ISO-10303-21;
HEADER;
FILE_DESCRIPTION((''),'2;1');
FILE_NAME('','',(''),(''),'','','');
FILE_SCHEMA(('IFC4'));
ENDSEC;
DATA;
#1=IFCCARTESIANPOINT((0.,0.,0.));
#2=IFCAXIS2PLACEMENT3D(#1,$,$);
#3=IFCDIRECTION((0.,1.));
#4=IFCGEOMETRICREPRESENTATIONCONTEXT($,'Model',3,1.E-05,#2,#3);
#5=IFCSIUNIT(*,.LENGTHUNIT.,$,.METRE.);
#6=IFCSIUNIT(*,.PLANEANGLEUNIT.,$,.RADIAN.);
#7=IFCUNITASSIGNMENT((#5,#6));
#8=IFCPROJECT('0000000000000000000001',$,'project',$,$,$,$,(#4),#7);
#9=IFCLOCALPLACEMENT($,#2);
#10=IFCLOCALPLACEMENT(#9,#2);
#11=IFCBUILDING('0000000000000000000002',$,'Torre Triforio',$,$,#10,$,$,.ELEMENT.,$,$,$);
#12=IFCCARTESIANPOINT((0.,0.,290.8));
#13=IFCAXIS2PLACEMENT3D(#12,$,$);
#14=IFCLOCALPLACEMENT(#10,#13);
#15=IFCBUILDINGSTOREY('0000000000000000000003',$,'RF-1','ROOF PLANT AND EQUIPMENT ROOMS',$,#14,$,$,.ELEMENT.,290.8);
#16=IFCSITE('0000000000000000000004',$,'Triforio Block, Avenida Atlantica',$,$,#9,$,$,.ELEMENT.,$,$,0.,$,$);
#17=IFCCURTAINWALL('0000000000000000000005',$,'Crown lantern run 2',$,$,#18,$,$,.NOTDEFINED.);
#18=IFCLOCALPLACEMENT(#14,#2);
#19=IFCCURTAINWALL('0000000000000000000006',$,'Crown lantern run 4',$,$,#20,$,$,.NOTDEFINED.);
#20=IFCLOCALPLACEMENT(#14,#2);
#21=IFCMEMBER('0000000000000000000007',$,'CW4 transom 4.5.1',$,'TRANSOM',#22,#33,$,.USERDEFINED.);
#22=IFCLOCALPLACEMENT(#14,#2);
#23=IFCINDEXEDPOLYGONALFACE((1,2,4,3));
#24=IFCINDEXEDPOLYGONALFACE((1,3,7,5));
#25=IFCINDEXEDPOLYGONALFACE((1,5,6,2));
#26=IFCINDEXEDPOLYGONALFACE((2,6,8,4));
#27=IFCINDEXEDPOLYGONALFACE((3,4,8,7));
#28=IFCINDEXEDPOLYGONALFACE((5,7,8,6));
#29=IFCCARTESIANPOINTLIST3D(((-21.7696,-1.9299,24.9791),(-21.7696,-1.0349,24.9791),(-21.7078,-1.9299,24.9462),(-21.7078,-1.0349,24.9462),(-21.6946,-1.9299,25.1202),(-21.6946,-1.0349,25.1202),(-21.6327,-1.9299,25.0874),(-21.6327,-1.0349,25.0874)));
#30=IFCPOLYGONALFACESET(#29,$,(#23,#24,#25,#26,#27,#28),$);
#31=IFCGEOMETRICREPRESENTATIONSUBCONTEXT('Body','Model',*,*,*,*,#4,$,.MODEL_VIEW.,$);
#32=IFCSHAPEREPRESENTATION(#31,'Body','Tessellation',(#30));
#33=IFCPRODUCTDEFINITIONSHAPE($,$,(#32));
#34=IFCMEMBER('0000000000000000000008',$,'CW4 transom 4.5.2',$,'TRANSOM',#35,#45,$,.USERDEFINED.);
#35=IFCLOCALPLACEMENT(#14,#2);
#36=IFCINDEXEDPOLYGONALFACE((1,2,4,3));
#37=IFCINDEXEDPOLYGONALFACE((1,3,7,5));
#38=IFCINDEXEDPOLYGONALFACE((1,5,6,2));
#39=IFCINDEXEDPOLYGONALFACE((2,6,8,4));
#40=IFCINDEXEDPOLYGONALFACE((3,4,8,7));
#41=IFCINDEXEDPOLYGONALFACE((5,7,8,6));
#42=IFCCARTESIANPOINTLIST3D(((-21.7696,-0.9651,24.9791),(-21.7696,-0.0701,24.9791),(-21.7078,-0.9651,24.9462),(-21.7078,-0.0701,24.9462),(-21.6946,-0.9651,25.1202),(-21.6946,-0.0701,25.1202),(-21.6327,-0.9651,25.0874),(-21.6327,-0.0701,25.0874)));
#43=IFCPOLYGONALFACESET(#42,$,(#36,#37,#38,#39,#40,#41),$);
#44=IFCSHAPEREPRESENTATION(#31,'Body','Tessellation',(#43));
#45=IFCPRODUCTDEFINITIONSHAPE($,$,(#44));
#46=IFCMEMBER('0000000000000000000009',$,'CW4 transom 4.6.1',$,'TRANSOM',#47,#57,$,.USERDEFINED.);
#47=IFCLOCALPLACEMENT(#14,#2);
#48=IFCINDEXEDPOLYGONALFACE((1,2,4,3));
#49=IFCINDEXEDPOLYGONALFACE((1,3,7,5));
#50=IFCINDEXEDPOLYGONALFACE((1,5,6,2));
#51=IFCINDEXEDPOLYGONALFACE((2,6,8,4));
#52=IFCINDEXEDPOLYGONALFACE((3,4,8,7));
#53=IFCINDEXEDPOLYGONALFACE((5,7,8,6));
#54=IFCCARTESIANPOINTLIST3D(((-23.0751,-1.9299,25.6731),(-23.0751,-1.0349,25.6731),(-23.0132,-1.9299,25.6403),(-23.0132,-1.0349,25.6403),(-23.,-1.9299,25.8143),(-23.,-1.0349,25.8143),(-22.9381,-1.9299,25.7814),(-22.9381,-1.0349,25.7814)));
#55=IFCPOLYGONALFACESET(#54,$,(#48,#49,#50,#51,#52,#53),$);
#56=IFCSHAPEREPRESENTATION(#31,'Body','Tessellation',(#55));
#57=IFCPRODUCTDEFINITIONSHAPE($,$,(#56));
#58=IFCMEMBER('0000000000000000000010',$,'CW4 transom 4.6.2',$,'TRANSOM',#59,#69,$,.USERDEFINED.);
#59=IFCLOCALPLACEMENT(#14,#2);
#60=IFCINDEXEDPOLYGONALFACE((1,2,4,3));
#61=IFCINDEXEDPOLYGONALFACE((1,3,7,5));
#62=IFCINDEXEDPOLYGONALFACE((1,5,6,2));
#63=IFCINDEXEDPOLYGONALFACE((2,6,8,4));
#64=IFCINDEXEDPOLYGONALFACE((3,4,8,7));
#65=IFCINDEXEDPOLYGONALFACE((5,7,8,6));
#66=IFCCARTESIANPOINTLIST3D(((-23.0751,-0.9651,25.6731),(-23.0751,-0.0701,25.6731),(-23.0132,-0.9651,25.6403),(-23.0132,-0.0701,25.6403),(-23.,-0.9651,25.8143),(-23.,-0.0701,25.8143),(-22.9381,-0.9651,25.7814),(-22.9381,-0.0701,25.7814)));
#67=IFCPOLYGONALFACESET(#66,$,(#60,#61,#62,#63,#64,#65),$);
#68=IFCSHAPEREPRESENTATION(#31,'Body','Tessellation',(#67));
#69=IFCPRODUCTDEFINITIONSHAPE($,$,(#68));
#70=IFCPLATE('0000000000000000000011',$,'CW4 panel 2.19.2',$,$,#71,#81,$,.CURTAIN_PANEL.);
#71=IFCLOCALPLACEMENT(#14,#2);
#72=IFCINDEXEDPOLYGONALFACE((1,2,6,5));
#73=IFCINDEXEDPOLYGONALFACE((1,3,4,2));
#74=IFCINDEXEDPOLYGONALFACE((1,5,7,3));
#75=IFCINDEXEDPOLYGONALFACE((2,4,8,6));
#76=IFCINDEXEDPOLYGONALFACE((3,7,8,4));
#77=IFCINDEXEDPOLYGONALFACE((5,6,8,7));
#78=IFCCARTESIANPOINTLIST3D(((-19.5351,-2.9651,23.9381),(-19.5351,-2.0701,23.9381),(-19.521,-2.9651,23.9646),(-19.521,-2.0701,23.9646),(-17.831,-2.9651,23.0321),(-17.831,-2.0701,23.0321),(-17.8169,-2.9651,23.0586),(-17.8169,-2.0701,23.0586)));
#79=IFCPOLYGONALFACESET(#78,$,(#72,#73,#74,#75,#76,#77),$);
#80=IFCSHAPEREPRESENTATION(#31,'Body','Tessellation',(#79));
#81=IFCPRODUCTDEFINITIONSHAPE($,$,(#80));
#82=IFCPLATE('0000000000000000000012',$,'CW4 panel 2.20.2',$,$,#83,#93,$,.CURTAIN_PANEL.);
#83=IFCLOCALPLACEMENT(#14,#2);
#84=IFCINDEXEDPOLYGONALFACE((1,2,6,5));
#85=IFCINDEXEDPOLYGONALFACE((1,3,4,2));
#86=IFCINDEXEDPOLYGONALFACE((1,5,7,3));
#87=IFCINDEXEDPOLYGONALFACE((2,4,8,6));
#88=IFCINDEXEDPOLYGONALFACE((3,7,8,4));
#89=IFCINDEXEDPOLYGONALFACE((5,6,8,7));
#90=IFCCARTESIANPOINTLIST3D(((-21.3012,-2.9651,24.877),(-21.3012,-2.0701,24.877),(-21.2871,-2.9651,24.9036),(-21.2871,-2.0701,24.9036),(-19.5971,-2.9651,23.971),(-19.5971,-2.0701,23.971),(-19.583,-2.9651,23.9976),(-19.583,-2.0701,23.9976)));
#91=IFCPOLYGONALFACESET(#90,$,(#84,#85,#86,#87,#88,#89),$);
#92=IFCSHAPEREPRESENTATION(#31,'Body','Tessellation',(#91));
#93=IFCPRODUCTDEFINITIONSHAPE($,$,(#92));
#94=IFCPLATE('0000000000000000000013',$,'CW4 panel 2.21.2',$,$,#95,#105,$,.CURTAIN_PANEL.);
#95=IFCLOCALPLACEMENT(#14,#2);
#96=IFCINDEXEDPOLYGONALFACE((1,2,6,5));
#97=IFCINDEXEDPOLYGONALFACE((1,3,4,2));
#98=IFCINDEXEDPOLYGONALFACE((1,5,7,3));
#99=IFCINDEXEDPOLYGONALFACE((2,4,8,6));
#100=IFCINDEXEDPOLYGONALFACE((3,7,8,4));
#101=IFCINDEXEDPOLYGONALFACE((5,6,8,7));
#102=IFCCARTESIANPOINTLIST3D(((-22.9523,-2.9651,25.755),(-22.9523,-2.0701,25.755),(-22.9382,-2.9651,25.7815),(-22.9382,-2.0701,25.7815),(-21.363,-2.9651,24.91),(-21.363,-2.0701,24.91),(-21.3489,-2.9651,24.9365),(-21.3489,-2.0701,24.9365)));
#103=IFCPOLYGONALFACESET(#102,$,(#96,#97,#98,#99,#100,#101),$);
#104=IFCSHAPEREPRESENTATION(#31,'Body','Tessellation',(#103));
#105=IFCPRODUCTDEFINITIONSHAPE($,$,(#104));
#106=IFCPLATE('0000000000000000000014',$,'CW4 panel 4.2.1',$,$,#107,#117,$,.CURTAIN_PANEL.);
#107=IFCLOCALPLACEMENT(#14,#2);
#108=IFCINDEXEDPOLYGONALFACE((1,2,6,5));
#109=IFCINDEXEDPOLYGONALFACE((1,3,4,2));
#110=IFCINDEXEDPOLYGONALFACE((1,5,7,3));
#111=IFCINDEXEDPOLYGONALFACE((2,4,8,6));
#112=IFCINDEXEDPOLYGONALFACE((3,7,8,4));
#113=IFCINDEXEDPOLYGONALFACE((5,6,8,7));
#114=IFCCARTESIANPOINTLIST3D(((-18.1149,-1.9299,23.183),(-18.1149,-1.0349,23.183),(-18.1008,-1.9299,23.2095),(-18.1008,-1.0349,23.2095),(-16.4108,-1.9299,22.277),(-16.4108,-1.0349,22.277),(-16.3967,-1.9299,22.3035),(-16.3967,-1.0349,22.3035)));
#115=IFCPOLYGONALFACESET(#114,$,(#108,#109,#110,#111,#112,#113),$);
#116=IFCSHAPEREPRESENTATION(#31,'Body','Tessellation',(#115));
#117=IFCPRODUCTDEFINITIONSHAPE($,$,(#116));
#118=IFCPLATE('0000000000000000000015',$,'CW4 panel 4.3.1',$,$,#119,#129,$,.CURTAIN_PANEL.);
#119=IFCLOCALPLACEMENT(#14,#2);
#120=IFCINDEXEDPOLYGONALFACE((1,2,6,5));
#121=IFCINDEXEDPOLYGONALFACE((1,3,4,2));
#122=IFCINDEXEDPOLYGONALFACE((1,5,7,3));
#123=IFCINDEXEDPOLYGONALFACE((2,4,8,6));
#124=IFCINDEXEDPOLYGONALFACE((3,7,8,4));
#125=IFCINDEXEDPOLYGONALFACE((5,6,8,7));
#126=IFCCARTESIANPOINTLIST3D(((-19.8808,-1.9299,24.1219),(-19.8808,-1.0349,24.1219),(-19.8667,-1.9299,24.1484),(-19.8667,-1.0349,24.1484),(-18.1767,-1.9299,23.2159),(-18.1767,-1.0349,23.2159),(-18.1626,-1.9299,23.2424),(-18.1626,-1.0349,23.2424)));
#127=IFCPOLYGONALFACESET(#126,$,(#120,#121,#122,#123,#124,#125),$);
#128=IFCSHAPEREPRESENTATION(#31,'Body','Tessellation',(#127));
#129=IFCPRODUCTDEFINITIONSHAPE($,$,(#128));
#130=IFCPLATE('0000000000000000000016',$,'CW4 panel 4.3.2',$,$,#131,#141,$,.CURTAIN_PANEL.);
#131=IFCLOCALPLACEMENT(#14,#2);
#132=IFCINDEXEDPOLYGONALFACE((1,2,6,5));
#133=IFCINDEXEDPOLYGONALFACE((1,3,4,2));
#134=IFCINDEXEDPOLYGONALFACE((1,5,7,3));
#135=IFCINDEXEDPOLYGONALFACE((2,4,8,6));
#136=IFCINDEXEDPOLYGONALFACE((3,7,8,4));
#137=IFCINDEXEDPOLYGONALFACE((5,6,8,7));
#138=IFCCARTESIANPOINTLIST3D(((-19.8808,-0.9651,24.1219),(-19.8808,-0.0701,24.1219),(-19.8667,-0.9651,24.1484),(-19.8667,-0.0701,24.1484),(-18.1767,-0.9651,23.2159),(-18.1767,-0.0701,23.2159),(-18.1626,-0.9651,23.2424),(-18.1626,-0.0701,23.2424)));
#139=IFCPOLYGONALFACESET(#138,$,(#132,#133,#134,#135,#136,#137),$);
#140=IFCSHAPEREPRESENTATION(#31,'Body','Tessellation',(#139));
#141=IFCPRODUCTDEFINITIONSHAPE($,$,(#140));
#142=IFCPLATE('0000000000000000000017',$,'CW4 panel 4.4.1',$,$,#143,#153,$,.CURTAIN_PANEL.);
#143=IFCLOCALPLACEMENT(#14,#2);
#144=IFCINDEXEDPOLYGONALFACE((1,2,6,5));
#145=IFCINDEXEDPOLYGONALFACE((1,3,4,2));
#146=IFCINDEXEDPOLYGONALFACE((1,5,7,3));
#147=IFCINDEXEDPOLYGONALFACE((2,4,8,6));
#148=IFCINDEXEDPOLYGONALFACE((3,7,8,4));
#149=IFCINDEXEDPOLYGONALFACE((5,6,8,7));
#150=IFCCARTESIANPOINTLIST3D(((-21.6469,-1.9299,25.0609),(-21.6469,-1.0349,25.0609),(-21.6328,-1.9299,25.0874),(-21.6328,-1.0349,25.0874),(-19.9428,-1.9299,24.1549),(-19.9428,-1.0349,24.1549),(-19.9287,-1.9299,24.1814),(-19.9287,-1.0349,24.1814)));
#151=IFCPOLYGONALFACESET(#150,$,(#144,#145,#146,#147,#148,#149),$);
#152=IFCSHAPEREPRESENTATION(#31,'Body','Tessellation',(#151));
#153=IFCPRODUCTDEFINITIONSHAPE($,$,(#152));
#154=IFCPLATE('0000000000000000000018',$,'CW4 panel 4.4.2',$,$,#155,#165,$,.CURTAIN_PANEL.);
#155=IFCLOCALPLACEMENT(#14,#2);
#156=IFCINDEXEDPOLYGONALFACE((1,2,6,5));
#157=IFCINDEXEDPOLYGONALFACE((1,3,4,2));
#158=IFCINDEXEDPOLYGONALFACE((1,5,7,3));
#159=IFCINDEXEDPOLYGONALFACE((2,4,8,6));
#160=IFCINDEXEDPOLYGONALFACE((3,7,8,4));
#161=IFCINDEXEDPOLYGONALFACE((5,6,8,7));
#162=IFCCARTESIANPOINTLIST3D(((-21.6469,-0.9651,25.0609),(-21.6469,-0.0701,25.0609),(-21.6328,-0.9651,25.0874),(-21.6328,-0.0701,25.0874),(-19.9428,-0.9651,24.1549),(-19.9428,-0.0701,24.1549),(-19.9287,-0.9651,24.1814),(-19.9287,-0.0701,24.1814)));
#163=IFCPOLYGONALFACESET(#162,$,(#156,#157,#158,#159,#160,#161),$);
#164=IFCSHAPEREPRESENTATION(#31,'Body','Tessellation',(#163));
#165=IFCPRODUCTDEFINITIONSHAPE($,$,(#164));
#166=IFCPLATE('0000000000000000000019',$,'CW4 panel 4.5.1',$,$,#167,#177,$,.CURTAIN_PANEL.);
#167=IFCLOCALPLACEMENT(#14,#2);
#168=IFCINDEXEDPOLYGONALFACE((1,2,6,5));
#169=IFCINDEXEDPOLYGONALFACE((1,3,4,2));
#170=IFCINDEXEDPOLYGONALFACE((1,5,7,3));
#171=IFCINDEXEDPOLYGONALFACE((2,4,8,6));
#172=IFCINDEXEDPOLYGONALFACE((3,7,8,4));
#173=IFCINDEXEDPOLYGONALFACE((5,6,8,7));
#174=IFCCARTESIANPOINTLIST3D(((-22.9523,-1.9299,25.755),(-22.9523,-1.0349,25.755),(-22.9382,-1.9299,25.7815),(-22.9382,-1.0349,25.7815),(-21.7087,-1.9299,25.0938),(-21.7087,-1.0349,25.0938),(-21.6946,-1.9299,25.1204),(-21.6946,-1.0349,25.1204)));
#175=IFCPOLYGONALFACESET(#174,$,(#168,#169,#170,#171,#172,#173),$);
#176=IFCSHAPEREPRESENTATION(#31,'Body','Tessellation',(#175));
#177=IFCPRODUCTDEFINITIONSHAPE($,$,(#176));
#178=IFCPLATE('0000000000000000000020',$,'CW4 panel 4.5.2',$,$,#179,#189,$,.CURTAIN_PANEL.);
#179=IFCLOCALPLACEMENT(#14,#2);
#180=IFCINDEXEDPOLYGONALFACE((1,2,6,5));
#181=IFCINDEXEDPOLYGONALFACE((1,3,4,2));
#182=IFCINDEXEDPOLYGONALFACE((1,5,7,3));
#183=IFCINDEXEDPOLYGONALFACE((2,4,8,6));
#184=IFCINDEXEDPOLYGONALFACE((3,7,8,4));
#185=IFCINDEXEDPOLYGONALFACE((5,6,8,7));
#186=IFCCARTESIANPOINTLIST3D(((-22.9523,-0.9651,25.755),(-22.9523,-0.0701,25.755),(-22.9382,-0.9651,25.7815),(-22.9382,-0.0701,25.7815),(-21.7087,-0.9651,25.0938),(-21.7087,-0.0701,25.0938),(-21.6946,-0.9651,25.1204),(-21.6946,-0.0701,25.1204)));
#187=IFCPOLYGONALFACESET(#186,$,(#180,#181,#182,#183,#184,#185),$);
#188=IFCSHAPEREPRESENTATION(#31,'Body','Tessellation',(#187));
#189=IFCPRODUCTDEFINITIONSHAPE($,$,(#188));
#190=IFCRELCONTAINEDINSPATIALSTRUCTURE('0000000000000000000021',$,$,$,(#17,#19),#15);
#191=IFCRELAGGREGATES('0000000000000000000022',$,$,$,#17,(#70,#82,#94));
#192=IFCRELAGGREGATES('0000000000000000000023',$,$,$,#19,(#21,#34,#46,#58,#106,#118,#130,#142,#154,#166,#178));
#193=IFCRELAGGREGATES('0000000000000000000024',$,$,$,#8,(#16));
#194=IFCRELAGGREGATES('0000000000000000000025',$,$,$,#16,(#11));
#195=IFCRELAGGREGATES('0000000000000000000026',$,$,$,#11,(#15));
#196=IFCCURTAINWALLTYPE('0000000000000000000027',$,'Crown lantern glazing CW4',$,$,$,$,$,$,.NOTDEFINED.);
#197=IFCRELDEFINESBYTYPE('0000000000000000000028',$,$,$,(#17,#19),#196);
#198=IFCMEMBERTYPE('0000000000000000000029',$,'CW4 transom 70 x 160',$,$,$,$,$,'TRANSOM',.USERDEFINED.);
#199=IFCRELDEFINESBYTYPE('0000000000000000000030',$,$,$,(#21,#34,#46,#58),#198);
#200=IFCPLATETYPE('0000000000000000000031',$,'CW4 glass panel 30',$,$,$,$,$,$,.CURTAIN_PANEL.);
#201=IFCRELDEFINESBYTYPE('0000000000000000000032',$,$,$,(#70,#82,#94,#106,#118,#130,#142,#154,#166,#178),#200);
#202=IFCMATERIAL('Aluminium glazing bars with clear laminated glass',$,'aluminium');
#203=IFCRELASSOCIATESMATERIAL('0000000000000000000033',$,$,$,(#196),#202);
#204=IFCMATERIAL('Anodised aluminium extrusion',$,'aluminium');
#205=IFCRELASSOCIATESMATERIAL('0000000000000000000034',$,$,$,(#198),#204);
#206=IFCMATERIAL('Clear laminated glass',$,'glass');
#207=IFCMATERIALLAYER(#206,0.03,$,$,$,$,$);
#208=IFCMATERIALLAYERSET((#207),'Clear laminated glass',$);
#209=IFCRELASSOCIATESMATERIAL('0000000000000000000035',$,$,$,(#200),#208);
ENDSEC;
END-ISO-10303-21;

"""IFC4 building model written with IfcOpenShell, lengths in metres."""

from ifc_helpers import new_model, si_unit, direction, frame, origin, origin_2d, place, context, subcontext, project, spatial, polyline, rectangle, outline, extrude, material, layer, layer_set, material_profile, profile_set, type_object, element, aggregate, save


model = new_model("IFC4")

# Units and contexts
model_context = context("Model", 3, precision=1e-05, world=origin(), true_north=direction((0.0, 1.0)))
body_context = subcontext(model_context, "Body", "Model", "MODEL_VIEW")
ifc_project = project(units=[si_unit("LENGTHUNIT", "METRE"), si_unit("PLANEANGLEUNIT", "RADIAN")], contexts=[model_context])

# Site, building, storey
site_placement = place(None, origin())
site = spatial("IfcSite", under=ifc_project, at=site_placement, Name="Triforio Block, Avenida Atlantica", CompositionType="ELEMENT", RefElevation=0.0)
building_placement = place(site_placement, origin())
building = spatial("IfcBuilding", under=site, at=building_placement, Name="Torre Triforio", CompositionType="ELEMENT")
storey_placement = place(building_placement, frame((0.0, 0.0, 290.8)))
storey = spatial("IfcBuildingStorey", under=building, at=storey_placement, Name="RF-1", Description="ROOF PLANT AND EQUIPMENT ROOMS", CompositionType="ELEMENT", Elevation=290.8)

# Curtain wall
ifc_material_1 = material(Name="Aluminium glazing bars with clear laminated glass", Category="aluminium")
curtain_wall_type = type_object("IfcCurtainWallType", Name="Crown lantern glazing CW4", PredefinedType="NOTDEFINED", material=ifc_material_1)
curtain_wall_1_placement = place(storey_placement, origin())
curtain_wall_1 = element("IfcCurtainWall", 1, at=curtain_wall_1_placement, inside=storey, type_object=curtain_wall_type, Name="Crown lantern run 2", PredefinedType="NOTDEFINED")
ifc_material_2 = material(Name="Anodised aluminium extrusion", Category="aluminium")

# Curtain wall
curtain_wall_2_placement = place(storey_placement, origin())
curtain_wall_2 = element("IfcCurtainWall", 2, at=curtain_wall_2_placement, inside=storey, type_object=curtain_wall_type, Name="Crown lantern run 4", PredefinedType="NOTDEFINED")

# Members
ifc_material_profile_1 = material_profile(ifc_material_2, rectangle(XDim=0.0701, YDim=0.1599, at=origin_2d()), Name="CW4 TRANSOM 70x160")
ifc_profile_set_1 = profile_set([ifc_material_profile_1], Name="Anodised aluminium extrusion")
member_type_1 = type_object("IfcMemberType", Name="CW4 transom 70 x 160", ElementType="TRANSOM", PredefinedType="USERDEFINED", material=ifc_profile_set_1)
member_1_placement = place(storey_placement, frame((-21.7012, -1.9299, 25.0332), z_axis=(0.0, 1.0, 0.0), x_axis=(-0.882948, 0.0, 0.469472)))
member_1 = element("IfcMember", 3, at=member_1_placement, type_object=member_type_1, Name="CW4 transom 4.5.1", ObjectType="TRANSOM", PredefinedType="USERDEFINED", context=body_context, shape_type="SweptSolid", body=[
    extrude(rectangle(XDim=0.0701, YDim=0.1599, at=origin_2d()), origin(), (0.0, 0.0, 1.0), 0.895),
])
member_2_placement = place(storey_placement, frame((-21.7012, -0.9651, 25.0332), z_axis=(0.0, 1.0, 0.0), x_axis=(-0.882948, 0.0, 0.469472)))
member_2 = element("IfcMember", 4, at=member_2_placement, type_object=member_type_1, Name="CW4 transom 4.5.2", ObjectType="TRANSOM", PredefinedType="USERDEFINED", context=body_context, shape_type="SweptSolid", body=[
    extrude(rectangle(XDim=0.0701, YDim=0.1599, at=origin_2d()), origin(), (0.0, 0.0, 1.0), 0.895),
])
member_3_placement = place(storey_placement, frame((-23.0066, -1.9299, 25.7273), z_axis=(0.0, 1.0, 0.0), x_axis=(-0.882948, 0.0, 0.469472)))
member_3 = element("IfcMember", 5, at=member_3_placement, type_object=member_type_1, Name="CW4 transom 4.6.1", ObjectType="TRANSOM", PredefinedType="USERDEFINED", context=body_context, shape_type="SweptSolid", body=[
    extrude(rectangle(XDim=0.0701, YDim=0.1599, at=origin_2d()), origin(), (0.0, 0.0, 1.0), 0.895),
])
member_4_placement = place(storey_placement, frame((-23.0066, -0.9651, 25.7273), z_axis=(0.0, 1.0, 0.0), x_axis=(-0.882948, 0.0, 0.469472)))
member_4 = element("IfcMember", 6, at=member_4_placement, type_object=member_type_1, Name="CW4 transom 4.6.2", ObjectType="TRANSOM", PredefinedType="USERDEFINED", context=body_context, shape_type="SweptSolid", body=[
    extrude(rectangle(XDim=0.0701, YDim=0.1599, at=origin_2d()), origin(), (0.0, 0.0, 1.0), 0.895),
])

# Plates
ifc_material_3 = material(Name="Clear laminated glass", Category="glass")
ifc_layer = layer(ifc_material_3, 0.03)
ifc_layer_set = layer_set([ifc_layer], Name="Clear laminated glass")
plate_type = type_object("IfcPlateType", Name="CW4 glass panel 30", PredefinedType="CURTAIN_PANEL", material=ifc_layer_set)
plate_1_placement = place(storey_placement, frame((-17.8169, -2.9651, 23.0586), z_axis=(0.469439, 0.0, 0.882965), x_axis=(0.0, 1.0, 0.0)))
plate_1 = element("IfcPlate", 7, at=plate_1_placement, type_object=plate_type, Name="CW4 panel 2.19.2", PredefinedType="CURTAIN_PANEL", context=body_context, shape_type="SweptSolid", body=[
    extrude(outline(polyline([(0.0, 0.0), (0.895, 0.0), (0.895, 1.93), (0.0, 1.93), (0.0, 0.0)])), origin(), (0.0, 0.0, -1.0), 0.03),
])
plate_2_placement = place(storey_placement, frame((-19.583, -2.9651, 23.9976), z_axis=(0.469439, 0.0, 0.882965), x_axis=(0.0, 1.0, 0.0)))
plate_2 = element("IfcPlate", 8, at=plate_2_placement, type_object=plate_type, Name="CW4 panel 2.20.2", PredefinedType="CURTAIN_PANEL", context=body_context, shape_type="SweptSolid", body=[
    extrude(outline(polyline([(0.0, 0.0), (0.895, 0.0), (0.895, 1.93), (0.0, 1.93), (0.0, 0.0)])), origin(), (0.0, 0.0, -1.0), 0.03),
])
plate_3_placement = place(storey_placement, frame((-21.3489, -2.9651, 24.9365), z_axis=(0.469426, 0.0, 0.882972), x_axis=(0.0, 1.0, 0.0)))
plate_3 = element("IfcPlate", 9, at=plate_3_placement, type_object=plate_type, Name="CW4 panel 2.21.2", PredefinedType="CURTAIN_PANEL", context=body_context, shape_type="SweptSolid", body=[
    extrude(outline(polyline([(0.0, 0.0), (0.895, 0.0), (0.895, 1.8), (0.0, 1.8), (0.0, 0.0)])), origin(), (0.0, 0.0, -1.0), 0.03),
])
aggregate(curtain_wall_1, [plate_1, plate_2, plate_3])
plate_4_placement = place(storey_placement, frame((-16.3967, -1.9299, 22.3035), z_axis=(0.469439, 0.0, 0.882965), x_axis=(0.0, 1.0, 0.0)))
plate_4 = element("IfcPlate", 10, at=plate_4_placement, type_object=plate_type, Name="CW4 panel 4.2.1", PredefinedType="CURTAIN_PANEL", context=body_context, shape_type="SweptSolid", body=[
    extrude(outline(polyline([(0.0, 0.0), (0.895, 0.0), (0.895, 1.93), (0.0, 1.93), (0.0, 0.0)])), origin(), (0.0, 0.0, -1.0), 0.03),
])
plate_5_placement = place(storey_placement, frame((-18.1626, -1.9299, 23.2424), z_axis=(0.469439, 0.0, 0.882965), x_axis=(0.0, 1.0, 0.0)))
plate_5 = element("IfcPlate", 11, at=plate_5_placement, type_object=plate_type, Name="CW4 panel 4.3.1", PredefinedType="CURTAIN_PANEL", context=body_context, shape_type="SweptSolid", body=[
    extrude(outline(polyline([(0.0, 0.0), (0.895, 0.0), (0.895, 1.93), (0.0, 1.93), (0.0, 0.0)])), origin(), (0.0, 0.0, -1.0), 0.03),
])
plate_6_placement = place(storey_placement, frame((-18.1626, -0.9651, 23.2424), z_axis=(0.469439, 0.0, 0.882965), x_axis=(0.0, 1.0, 0.0)))
plate_6 = element("IfcPlate", 12, at=plate_6_placement, type_object=plate_type, Name="CW4 panel 4.3.2", PredefinedType="CURTAIN_PANEL", context=body_context, shape_type="SweptSolid", body=[
    extrude(outline(polyline([(0.0, 0.0), (0.895, 0.0), (0.895, 1.93), (0.0, 1.93), (0.0, 0.0)])), origin(), (0.0, 0.0, -1.0), 0.03),
])
plate_7_placement = place(storey_placement, frame((-19.9287, -1.9299, 24.1814), z_axis=(0.469439, 0.0, 0.882965), x_axis=(0.0, 1.0, 0.0)))
plate_7 = element("IfcPlate", 13, at=plate_7_placement, type_object=plate_type, Name="CW4 panel 4.4.1", PredefinedType="CURTAIN_PANEL", context=body_context, shape_type="SweptSolid", body=[
    extrude(outline(polyline([(0.0, 0.0), (0.895, 0.0), (0.895, 1.93), (0.0, 1.93), (0.0, 0.0)])), origin(), (0.0, 0.0, -1.0), 0.03),
])
plate_8_placement = place(storey_placement, frame((-19.9287, -0.9651, 24.1814), z_axis=(0.469439, 0.0, 0.882965), x_axis=(0.0, 1.0, 0.0)))
plate_8 = element("IfcPlate", 14, at=plate_8_placement, type_object=plate_type, Name="CW4 panel 4.4.2", PredefinedType="CURTAIN_PANEL", context=body_context, shape_type="SweptSolid", body=[
    extrude(outline(polyline([(0.0, 0.0), (0.895, 0.0), (0.895, 1.93), (0.0, 1.93), (0.0, 0.0)])), origin(), (0.0, 0.0, -1.0), 0.03),
])
plate_9_placement = place(storey_placement, frame((-21.6946, -1.9299, 25.1204), z_axis=(0.4694, 0.0, 0.882986), x_axis=(0.0, 1.0, 0.0)))
plate_9 = element("IfcPlate", 15, at=plate_9_placement, type_object=plate_type, Name="CW4 panel 4.5.1", PredefinedType="CURTAIN_PANEL", context=body_context, shape_type="SweptSolid", body=[
    extrude(outline(polyline([(0.0, 0.0), (0.895, 0.0), (0.895, 1.4085), (0.0, 1.4085), (0.0, 0.0)])), origin(), (0.0, 0.0, -1.0), 0.03),
])
plate_10_placement = place(storey_placement, frame((-21.6946, -0.9651, 25.1204), z_axis=(0.4694, 0.0, 0.882986), x_axis=(0.0, 1.0, 0.0)))
plate_10 = element("IfcPlate", 16, at=plate_10_placement, type_object=plate_type, Name="CW4 panel 4.5.2", PredefinedType="CURTAIN_PANEL", context=body_context, shape_type="SweptSolid", body=[
    extrude(outline(polyline([(0.0, 0.0), (0.895, 0.0), (0.895, 1.4085), (0.0, 1.4085), (0.0, 0.0)])), origin(), (0.0, 0.0, -1.0), 0.03),
])
aggregate(curtain_wall_2, [member_1, member_2, member_3, member_4, plate_4, plate_5, plate_6, plate_7, plate_8, plate_9, plate_10])

save(model, "model.ifc")
